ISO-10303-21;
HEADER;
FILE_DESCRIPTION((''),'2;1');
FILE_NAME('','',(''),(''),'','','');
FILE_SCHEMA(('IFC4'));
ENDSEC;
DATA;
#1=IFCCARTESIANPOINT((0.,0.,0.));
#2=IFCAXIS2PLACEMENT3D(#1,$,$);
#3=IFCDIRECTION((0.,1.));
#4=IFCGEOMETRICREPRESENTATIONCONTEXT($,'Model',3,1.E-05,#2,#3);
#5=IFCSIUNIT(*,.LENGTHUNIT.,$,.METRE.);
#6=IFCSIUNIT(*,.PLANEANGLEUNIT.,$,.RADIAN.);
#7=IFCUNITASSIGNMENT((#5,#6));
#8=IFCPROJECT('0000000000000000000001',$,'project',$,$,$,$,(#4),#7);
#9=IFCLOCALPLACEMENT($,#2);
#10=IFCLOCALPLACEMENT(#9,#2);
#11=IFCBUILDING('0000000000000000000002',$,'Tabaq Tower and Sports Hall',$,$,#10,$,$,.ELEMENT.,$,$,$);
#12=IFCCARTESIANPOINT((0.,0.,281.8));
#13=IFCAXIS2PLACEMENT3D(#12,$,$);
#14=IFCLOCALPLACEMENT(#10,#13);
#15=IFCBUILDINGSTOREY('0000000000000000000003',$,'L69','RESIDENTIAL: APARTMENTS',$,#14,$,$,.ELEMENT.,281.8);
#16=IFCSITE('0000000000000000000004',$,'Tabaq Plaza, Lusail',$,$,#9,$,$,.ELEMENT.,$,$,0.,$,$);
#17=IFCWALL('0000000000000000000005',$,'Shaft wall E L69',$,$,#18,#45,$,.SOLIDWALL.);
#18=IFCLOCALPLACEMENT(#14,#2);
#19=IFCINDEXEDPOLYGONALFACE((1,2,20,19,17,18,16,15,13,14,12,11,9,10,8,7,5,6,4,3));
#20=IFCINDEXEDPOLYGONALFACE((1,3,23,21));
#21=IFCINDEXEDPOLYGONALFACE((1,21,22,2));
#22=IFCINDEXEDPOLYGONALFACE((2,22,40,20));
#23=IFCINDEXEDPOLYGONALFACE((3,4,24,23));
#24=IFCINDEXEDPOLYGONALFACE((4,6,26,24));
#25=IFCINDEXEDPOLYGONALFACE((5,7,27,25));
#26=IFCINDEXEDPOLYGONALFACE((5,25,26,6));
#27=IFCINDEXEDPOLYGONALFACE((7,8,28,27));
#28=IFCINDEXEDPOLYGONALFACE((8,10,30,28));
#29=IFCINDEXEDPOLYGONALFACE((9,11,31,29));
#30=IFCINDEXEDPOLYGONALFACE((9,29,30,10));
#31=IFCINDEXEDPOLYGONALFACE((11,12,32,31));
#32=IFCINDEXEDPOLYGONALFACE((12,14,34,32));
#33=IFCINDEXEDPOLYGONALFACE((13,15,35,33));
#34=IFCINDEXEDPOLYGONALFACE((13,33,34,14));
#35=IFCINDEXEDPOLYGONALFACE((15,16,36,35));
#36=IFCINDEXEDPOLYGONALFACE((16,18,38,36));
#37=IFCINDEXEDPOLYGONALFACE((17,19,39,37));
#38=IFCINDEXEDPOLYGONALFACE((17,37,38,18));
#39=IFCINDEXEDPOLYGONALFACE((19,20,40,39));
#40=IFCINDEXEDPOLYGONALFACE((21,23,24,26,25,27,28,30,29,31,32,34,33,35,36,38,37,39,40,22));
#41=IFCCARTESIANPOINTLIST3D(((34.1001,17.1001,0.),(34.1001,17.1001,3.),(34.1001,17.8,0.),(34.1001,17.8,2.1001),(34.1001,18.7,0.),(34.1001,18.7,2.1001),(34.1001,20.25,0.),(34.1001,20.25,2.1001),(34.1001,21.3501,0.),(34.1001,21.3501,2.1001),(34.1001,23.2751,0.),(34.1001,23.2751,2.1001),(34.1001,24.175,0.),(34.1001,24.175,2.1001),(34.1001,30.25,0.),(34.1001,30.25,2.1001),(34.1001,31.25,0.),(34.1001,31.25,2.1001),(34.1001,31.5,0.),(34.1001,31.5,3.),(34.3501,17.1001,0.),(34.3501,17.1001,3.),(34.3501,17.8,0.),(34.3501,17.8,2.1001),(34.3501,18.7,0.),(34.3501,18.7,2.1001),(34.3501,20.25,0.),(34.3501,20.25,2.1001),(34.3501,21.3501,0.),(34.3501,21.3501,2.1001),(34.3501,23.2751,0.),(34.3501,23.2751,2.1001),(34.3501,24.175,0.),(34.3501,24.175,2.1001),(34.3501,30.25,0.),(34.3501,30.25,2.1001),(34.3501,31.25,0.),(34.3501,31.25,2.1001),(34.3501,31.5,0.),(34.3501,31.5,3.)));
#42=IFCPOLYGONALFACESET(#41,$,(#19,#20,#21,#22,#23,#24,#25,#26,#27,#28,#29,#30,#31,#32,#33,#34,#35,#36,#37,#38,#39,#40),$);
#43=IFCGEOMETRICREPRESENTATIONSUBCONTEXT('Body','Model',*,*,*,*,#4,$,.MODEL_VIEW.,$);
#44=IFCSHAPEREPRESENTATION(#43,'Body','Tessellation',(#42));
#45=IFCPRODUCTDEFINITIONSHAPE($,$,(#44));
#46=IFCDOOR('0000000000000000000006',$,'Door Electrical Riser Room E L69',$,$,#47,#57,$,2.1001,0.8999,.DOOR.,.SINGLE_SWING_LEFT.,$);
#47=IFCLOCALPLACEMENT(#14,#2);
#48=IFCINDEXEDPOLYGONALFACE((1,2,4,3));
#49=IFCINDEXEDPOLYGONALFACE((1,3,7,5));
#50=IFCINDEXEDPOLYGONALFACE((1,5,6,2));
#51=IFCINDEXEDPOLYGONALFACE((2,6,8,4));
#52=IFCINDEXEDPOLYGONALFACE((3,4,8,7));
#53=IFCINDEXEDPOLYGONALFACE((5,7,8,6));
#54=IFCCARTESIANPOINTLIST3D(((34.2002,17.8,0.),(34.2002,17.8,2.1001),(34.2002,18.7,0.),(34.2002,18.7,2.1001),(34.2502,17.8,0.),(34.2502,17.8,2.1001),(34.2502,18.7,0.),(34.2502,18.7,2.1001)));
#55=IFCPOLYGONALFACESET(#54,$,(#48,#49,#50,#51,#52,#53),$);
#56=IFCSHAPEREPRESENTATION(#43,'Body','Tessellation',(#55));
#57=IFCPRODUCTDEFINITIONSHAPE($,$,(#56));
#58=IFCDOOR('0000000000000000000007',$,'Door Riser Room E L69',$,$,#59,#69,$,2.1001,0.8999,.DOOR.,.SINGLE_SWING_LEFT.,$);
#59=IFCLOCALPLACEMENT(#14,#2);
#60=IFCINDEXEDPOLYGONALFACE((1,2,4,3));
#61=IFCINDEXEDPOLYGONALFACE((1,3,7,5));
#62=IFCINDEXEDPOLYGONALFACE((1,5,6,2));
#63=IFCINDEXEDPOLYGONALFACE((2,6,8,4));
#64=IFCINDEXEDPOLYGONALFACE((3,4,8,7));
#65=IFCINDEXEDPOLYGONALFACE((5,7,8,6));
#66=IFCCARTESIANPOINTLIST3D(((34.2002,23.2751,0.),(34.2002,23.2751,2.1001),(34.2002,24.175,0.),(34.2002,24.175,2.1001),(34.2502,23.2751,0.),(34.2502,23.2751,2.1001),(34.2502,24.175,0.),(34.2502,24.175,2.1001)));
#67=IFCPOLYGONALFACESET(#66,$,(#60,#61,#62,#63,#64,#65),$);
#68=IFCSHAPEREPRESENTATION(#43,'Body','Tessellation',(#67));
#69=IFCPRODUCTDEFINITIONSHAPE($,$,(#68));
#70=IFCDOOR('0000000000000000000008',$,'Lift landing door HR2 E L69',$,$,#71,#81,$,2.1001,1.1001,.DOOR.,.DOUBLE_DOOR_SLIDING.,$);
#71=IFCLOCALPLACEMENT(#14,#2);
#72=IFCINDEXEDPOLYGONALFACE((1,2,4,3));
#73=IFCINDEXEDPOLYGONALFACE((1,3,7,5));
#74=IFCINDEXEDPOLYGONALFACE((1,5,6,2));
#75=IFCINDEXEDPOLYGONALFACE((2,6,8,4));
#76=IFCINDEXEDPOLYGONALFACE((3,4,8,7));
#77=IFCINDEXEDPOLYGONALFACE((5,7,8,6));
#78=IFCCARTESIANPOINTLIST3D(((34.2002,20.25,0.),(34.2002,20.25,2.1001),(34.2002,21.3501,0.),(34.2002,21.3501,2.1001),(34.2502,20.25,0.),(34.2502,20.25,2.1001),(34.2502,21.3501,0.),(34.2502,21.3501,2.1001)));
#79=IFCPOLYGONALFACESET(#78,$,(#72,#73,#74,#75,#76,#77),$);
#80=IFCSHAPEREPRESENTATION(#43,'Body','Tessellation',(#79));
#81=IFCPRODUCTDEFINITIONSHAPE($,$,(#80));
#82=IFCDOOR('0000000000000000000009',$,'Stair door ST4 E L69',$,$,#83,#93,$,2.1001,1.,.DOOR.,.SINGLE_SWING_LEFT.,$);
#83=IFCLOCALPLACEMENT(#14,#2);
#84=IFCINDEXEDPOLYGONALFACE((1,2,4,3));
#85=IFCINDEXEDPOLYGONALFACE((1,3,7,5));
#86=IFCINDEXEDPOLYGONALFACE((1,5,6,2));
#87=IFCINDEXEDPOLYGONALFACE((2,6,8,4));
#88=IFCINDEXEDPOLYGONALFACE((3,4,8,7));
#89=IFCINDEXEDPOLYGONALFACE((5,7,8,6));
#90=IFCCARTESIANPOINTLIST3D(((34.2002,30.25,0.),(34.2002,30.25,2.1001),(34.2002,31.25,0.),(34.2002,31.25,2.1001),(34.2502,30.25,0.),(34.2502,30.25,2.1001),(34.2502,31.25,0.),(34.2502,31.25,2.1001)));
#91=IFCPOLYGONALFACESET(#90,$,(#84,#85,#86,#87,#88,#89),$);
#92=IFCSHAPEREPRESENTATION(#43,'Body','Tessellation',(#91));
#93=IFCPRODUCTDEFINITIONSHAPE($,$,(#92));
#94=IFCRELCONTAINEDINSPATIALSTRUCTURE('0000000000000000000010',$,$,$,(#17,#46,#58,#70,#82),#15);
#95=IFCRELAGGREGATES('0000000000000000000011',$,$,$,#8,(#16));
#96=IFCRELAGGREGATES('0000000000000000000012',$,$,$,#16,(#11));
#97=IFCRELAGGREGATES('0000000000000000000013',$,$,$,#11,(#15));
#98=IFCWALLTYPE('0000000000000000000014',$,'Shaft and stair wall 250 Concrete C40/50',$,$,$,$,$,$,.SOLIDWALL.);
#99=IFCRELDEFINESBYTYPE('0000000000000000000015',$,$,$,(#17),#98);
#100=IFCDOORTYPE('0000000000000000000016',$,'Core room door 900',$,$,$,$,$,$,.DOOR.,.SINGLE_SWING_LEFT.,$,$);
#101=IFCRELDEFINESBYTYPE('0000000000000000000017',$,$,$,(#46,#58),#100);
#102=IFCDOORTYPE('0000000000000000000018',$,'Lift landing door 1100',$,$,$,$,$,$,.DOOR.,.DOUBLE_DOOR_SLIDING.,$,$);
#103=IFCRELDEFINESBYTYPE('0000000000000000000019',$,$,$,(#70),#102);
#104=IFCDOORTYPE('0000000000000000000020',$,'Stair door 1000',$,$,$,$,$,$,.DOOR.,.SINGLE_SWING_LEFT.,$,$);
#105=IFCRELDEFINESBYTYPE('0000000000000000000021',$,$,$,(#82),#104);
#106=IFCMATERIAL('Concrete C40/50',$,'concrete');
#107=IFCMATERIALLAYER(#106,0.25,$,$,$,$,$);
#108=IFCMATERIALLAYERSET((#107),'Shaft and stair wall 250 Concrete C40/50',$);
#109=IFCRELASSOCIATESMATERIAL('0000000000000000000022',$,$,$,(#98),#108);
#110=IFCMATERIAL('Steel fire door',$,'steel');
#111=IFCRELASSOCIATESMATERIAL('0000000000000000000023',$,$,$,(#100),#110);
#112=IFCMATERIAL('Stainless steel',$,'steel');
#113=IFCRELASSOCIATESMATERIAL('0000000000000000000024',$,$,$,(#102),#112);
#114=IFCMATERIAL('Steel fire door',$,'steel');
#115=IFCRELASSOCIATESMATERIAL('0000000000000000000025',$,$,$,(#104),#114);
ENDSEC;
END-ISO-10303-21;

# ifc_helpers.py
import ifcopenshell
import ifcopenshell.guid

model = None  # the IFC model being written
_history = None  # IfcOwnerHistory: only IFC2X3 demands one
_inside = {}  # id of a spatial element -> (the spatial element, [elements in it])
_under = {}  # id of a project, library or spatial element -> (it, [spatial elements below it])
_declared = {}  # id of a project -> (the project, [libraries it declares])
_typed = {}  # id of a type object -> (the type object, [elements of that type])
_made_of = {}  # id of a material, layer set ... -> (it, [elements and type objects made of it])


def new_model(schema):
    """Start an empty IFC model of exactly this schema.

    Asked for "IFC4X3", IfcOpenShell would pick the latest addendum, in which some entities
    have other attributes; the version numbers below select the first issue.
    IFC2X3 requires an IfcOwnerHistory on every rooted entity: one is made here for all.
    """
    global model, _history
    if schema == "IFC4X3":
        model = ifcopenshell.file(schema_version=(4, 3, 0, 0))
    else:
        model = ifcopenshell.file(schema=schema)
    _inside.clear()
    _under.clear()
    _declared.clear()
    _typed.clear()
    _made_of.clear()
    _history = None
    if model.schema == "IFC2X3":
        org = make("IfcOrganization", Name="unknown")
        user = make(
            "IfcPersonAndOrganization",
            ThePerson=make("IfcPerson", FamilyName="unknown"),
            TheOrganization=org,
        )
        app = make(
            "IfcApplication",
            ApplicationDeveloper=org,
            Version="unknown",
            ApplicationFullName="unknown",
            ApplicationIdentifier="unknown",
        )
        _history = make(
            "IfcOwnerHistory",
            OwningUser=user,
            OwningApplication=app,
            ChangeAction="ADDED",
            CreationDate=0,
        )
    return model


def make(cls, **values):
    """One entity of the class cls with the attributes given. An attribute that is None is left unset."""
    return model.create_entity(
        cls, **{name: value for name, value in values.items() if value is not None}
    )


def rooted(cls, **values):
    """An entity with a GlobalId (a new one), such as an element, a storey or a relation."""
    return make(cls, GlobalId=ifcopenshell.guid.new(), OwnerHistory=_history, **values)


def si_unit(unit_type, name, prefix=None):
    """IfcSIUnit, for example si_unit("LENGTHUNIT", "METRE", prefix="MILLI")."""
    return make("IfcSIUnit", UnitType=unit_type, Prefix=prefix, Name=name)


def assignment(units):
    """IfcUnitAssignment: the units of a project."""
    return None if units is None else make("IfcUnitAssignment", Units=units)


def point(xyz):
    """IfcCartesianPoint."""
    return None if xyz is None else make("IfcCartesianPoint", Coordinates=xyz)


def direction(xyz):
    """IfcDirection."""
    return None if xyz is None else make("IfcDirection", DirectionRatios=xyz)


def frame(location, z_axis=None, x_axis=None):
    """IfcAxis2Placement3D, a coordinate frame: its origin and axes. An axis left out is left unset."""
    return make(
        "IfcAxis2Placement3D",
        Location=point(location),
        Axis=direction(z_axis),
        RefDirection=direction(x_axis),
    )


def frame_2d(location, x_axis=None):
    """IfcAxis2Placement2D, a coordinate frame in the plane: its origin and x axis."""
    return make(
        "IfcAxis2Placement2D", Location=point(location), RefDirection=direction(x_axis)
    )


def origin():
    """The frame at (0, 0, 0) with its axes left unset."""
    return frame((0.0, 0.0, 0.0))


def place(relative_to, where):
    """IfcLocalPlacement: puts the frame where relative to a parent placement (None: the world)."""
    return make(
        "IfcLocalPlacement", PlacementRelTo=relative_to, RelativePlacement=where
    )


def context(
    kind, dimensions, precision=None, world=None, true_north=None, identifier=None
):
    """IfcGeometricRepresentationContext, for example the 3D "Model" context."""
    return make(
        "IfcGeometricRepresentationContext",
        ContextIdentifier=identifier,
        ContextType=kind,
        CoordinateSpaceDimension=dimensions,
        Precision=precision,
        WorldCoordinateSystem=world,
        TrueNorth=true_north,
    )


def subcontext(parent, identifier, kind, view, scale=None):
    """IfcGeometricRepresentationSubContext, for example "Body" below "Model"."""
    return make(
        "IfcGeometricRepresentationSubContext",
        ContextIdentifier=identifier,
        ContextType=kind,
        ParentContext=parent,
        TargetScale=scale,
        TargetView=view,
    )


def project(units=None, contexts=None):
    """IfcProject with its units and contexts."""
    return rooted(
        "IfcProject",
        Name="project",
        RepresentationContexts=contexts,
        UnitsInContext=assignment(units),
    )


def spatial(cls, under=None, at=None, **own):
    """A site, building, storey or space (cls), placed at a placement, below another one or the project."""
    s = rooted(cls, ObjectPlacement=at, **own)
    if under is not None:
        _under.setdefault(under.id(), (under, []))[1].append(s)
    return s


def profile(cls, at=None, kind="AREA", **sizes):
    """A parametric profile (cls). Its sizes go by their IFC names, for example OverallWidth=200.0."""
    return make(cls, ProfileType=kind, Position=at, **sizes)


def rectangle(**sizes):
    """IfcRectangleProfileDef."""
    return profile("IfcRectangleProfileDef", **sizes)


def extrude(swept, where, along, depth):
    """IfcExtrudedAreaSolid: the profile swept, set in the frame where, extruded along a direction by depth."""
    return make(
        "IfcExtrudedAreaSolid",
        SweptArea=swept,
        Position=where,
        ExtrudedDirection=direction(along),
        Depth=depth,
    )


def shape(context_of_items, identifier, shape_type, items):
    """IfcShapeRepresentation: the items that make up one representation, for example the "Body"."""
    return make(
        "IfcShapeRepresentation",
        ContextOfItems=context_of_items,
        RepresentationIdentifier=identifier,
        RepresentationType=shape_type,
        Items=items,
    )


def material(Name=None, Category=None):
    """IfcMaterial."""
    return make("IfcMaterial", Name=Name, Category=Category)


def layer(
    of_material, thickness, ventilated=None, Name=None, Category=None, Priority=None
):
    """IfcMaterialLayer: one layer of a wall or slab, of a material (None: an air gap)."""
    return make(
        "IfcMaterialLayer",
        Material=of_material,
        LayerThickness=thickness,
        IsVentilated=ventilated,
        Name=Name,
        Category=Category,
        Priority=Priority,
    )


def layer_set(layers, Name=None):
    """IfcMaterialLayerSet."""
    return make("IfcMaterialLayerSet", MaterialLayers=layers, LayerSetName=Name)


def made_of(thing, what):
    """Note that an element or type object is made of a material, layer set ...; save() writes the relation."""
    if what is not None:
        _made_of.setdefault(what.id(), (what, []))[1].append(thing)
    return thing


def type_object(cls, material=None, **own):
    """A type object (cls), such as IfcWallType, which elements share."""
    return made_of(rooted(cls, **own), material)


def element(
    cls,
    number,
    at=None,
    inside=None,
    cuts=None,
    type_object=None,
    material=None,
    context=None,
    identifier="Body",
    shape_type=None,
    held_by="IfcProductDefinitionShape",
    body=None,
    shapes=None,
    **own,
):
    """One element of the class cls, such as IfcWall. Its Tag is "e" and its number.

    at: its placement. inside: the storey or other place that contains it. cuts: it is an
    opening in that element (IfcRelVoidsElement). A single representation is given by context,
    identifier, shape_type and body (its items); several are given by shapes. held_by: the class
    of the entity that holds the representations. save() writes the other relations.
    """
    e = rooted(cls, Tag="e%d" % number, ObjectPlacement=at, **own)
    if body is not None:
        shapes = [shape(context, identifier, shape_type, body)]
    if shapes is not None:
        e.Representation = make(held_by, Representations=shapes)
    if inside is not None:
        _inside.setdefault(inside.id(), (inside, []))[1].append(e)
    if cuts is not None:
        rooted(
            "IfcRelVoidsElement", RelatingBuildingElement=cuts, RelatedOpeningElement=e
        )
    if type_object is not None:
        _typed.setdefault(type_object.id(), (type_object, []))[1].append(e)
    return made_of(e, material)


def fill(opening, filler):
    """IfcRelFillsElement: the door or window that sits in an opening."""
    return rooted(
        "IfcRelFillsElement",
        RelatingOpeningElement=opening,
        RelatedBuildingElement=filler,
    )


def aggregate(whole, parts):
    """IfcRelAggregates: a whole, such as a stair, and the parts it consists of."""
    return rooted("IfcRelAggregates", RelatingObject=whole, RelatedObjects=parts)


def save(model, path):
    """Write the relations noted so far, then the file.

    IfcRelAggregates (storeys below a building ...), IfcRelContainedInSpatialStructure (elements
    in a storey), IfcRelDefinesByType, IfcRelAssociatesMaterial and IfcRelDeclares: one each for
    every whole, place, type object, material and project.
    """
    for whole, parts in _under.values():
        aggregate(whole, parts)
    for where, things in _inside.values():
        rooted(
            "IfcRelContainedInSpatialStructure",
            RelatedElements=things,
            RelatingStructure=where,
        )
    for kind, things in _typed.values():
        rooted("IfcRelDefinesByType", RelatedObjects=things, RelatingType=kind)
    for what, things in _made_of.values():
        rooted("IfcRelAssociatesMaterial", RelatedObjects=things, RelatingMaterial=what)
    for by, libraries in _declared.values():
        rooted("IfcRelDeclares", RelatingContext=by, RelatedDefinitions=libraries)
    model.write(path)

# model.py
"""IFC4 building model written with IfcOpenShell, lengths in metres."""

from ifc_helpers import new_model, si_unit, direction, frame, frame_2d, origin, place, context, subcontext, project, spatial, rectangle, extrude, material, layer, layer_set, type_object, element, fill, save


model = new_model("IFC4")

# Units and contexts
model_context = context("Model", 3, precision=1e-05, world=origin(), true_north=direction((0.0, 1.0)))
body_context = subcontext(model_context, "Body", "Model", "MODEL_VIEW")
ifc_project = project(units=[si_unit("LENGTHUNIT", "METRE"), si_unit("PLANEANGLEUNIT", "RADIAN")], contexts=[model_context])

# Site, building, storey
site_placement = place(None, origin())
site = spatial("IfcSite", under=ifc_project, at=site_placement, Name="Tabaq Plaza, Lusail", CompositionType="ELEMENT", RefElevation=0.0)
building_placement = place(site_placement, origin())
building = spatial("IfcBuilding", under=site, at=building_placement, Name="Tabaq Tower and Sports Hall", CompositionType="ELEMENT")
storey_placement = place(building_placement, frame((0.0, 0.0, 281.8)))
storey = spatial("IfcBuildingStorey", under=building, at=storey_placement, Name="L69", Description="RESIDENTIAL: APARTMENTS", CompositionType="ELEMENT", Elevation=281.8)

# Wall, openings, doors
ifc_material_1 = material(Name="Concrete C40/50", Category="concrete")
ifc_layer_1 = layer(ifc_material_1, 0.25)
ifc_layer_set_1 = layer_set([ifc_layer_1], Name="Shaft and stair wall 250 Concrete C40/50")
wall_type_1 = type_object("IfcWallType", Name="Shaft and stair wall 250 Concrete C40/50", PredefinedType="SOLIDWALL", material=ifc_layer_set_1)
wall_1_placement = place(storey_placement, frame((34.2251, 17.1001, 0.0), z_axis=(0.0, 0.0, 1.0), x_axis=(0.0, 1.0, 0.0)))
wall_1 = element("IfcWall", 1, at=wall_1_placement, inside=storey, type_object=wall_type_1, Name="Shaft wall E L69", PredefinedType="SOLIDWALL", context=body_context, shape_type="SweptSolid", body=[
    extrude(rectangle(XDim=14.3999, YDim=0.25, at=frame_2d((7.2, 0.0))), origin(), (0.0, 0.0, 1.0), 3.0),
])
opening_1_placement = place(wall_1_placement, frame((13.1499, 0.0, 0.0)))
opening_1 = element("IfcOpeningElement", 2, at=opening_1_placement, cuts=wall_1, PredefinedType="OPENING", context=body_context, shape_type="SweptSolid", body=[
    extrude(rectangle(XDim=1.0, YDim=2.1001, at=frame_2d((0.5, 1.05))), frame((0.0, 0.125, 0.0), z_axis=(0.0, -1.0, 0.0), x_axis=(1.0, 0.0, 0.0)), (0.0, 0.0, 1.0), 0.25),
])
opening_2_placement = place(wall_1_placement, frame((3.1499, 0.0, 0.0)))
opening_2 = element("IfcOpeningElement", 3, at=opening_2_placement, cuts=wall_1, PredefinedType="OPENING", context=body_context, shape_type="SweptSolid", body=[
    extrude(rectangle(XDim=1.1001, YDim=2.1001, at=frame_2d((0.55, 1.05))), frame((0.0, 0.125, 0.0), z_axis=(0.0, -1.0, 0.0), x_axis=(1.0, 0.0, 0.0)), (0.0, 0.0, 1.0), 0.25),
])
opening_3_placement = place(wall_1_placement, frame((0.7, 0.0, 0.0)))
opening_3 = element("IfcOpeningElement", 4, at=opening_3_placement, cuts=wall_1, PredefinedType="OPENING", context=body_context, shape_type="SweptSolid", body=[
    extrude(rectangle(XDim=0.8999, YDim=2.1001, at=frame_2d((0.45, 1.05))), frame((0.0, 0.125, 0.0), z_axis=(0.0, -1.0, 0.0), x_axis=(1.0, 0.0, 0.0)), (0.0, 0.0, 1.0), 0.25),
])
opening_4_placement = place(wall_1_placement, frame((6.175, 0.0, 0.0)))
opening_4 = element("IfcOpeningElement", 5, at=opening_4_placement, cuts=wall_1, PredefinedType="OPENING", context=body_context, shape_type="SweptSolid", body=[
    extrude(rectangle(XDim=0.8999, YDim=2.1001, at=frame_2d((0.45, 1.05))), frame((0.0, 0.125, 0.0), z_axis=(0.0, -1.0, 0.0), x_axis=(1.0, 0.0, 0.0)), (0.0, 0.0, 1.0), 0.25),
])
ifc_material_2 = material(Name="Steel fire door", Category="steel")
door_type_1 = type_object("IfcDoorType", Name="Core room door 900", OperationType="SINGLE_SWING_LEFT", PredefinedType="DOOR", material=ifc_material_2)
door_1_placement = place(opening_3_placement, origin())
door_1 = element("IfcDoor", 6, at=door_1_placement, inside=storey, type_object=door_type_1, Name="Door Electrical Riser Room E L69", OperationType="SINGLE_SWING_LEFT", OverallHeight=2.1001, OverallWidth=0.8999, PredefinedType="DOOR", context=body_context, shape_type="SweptSolid", body=[
    extrude(rectangle(XDim=0.8999, YDim=2.1001, at=frame_2d((0.45, 1.05))), frame((0.0, 0.0249, 0.0), z_axis=(0.0, -1.0, 0.0), x_axis=(1.0, 0.0, 0.0)), (0.0, 0.0, 1.0), 0.05),
])
fill(opening_3, door_1)
door_2_placement = place(opening_4_placement, origin())
door_2 = element("IfcDoor", 7, at=door_2_placement, inside=storey, type_object=door_type_1, Name="Door Riser Room E L69", OperationType="SINGLE_SWING_LEFT", OverallHeight=2.1001, OverallWidth=0.8999, PredefinedType="DOOR", context=body_context, shape_type="SweptSolid", body=[
    extrude(rectangle(XDim=0.8999, YDim=2.1001, at=frame_2d((0.45, 1.05))), frame((0.0, 0.0249, 0.0), z_axis=(0.0, -1.0, 0.0), x_axis=(1.0, 0.0, 0.0)), (0.0, 0.0, 1.0), 0.05),
])
fill(opening_4, door_2)
ifc_material_3 = material(Name="Stainless steel", Category="steel")
door_type_2 = type_object("IfcDoorType", Name="Lift landing door 1100", OperationType="DOUBLE_DOOR_SLIDING", PredefinedType="DOOR", material=ifc_material_3)
door_3_placement = place(opening_2_placement, origin())
door_3 = element("IfcDoor", 8, at=door_3_placement, inside=storey, type_object=door_type_2, Name="Lift landing door HR2 E L69", OperationType="DOUBLE_DOOR_SLIDING", OverallHeight=2.1001, OverallWidth=1.1001, PredefinedType="DOOR", context=body_context, shape_type="SweptSolid", body=[
    extrude(rectangle(XDim=1.1001, YDim=2.1001, at=frame_2d((0.55, 1.05))), frame((0.0, 0.0249, 0.0), z_axis=(0.0, -1.0, 0.0), x_axis=(1.0, 0.0, 0.0)), (0.0, 0.0, 1.0), 0.05),
])
fill(opening_2, door_3)
ifc_material_4 = material(Name="Steel fire door", Category="steel")
door_type_3 = type_object("IfcDoorType", Name="Stair door 1000", OperationType="SINGLE_SWING_LEFT", PredefinedType="DOOR", material=ifc_material_4)
door_4_placement = place(opening_1_placement, origin())
door_4 = element("IfcDoor", 9, at=door_4_placement, inside=storey, type_object=door_type_3, Name="Stair door ST4 E L69", OperationType="SINGLE_SWING_LEFT", OverallHeight=2.1001, OverallWidth=1.0, PredefinedType="DOOR", context=body_context, shape_type="SweptSolid", body=[
    extrude(rectangle(XDim=1.0, YDim=2.1001, at=frame_2d((0.5, 1.05))), frame((0.0, 0.0249, 0.0), z_axis=(0.0, -1.0, 0.0), x_axis=(1.0, 0.0, 0.0)), (0.0, 0.0, 1.0), 0.05),
])
fill(opening_1, door_4)

save(model, "model.ifc")
